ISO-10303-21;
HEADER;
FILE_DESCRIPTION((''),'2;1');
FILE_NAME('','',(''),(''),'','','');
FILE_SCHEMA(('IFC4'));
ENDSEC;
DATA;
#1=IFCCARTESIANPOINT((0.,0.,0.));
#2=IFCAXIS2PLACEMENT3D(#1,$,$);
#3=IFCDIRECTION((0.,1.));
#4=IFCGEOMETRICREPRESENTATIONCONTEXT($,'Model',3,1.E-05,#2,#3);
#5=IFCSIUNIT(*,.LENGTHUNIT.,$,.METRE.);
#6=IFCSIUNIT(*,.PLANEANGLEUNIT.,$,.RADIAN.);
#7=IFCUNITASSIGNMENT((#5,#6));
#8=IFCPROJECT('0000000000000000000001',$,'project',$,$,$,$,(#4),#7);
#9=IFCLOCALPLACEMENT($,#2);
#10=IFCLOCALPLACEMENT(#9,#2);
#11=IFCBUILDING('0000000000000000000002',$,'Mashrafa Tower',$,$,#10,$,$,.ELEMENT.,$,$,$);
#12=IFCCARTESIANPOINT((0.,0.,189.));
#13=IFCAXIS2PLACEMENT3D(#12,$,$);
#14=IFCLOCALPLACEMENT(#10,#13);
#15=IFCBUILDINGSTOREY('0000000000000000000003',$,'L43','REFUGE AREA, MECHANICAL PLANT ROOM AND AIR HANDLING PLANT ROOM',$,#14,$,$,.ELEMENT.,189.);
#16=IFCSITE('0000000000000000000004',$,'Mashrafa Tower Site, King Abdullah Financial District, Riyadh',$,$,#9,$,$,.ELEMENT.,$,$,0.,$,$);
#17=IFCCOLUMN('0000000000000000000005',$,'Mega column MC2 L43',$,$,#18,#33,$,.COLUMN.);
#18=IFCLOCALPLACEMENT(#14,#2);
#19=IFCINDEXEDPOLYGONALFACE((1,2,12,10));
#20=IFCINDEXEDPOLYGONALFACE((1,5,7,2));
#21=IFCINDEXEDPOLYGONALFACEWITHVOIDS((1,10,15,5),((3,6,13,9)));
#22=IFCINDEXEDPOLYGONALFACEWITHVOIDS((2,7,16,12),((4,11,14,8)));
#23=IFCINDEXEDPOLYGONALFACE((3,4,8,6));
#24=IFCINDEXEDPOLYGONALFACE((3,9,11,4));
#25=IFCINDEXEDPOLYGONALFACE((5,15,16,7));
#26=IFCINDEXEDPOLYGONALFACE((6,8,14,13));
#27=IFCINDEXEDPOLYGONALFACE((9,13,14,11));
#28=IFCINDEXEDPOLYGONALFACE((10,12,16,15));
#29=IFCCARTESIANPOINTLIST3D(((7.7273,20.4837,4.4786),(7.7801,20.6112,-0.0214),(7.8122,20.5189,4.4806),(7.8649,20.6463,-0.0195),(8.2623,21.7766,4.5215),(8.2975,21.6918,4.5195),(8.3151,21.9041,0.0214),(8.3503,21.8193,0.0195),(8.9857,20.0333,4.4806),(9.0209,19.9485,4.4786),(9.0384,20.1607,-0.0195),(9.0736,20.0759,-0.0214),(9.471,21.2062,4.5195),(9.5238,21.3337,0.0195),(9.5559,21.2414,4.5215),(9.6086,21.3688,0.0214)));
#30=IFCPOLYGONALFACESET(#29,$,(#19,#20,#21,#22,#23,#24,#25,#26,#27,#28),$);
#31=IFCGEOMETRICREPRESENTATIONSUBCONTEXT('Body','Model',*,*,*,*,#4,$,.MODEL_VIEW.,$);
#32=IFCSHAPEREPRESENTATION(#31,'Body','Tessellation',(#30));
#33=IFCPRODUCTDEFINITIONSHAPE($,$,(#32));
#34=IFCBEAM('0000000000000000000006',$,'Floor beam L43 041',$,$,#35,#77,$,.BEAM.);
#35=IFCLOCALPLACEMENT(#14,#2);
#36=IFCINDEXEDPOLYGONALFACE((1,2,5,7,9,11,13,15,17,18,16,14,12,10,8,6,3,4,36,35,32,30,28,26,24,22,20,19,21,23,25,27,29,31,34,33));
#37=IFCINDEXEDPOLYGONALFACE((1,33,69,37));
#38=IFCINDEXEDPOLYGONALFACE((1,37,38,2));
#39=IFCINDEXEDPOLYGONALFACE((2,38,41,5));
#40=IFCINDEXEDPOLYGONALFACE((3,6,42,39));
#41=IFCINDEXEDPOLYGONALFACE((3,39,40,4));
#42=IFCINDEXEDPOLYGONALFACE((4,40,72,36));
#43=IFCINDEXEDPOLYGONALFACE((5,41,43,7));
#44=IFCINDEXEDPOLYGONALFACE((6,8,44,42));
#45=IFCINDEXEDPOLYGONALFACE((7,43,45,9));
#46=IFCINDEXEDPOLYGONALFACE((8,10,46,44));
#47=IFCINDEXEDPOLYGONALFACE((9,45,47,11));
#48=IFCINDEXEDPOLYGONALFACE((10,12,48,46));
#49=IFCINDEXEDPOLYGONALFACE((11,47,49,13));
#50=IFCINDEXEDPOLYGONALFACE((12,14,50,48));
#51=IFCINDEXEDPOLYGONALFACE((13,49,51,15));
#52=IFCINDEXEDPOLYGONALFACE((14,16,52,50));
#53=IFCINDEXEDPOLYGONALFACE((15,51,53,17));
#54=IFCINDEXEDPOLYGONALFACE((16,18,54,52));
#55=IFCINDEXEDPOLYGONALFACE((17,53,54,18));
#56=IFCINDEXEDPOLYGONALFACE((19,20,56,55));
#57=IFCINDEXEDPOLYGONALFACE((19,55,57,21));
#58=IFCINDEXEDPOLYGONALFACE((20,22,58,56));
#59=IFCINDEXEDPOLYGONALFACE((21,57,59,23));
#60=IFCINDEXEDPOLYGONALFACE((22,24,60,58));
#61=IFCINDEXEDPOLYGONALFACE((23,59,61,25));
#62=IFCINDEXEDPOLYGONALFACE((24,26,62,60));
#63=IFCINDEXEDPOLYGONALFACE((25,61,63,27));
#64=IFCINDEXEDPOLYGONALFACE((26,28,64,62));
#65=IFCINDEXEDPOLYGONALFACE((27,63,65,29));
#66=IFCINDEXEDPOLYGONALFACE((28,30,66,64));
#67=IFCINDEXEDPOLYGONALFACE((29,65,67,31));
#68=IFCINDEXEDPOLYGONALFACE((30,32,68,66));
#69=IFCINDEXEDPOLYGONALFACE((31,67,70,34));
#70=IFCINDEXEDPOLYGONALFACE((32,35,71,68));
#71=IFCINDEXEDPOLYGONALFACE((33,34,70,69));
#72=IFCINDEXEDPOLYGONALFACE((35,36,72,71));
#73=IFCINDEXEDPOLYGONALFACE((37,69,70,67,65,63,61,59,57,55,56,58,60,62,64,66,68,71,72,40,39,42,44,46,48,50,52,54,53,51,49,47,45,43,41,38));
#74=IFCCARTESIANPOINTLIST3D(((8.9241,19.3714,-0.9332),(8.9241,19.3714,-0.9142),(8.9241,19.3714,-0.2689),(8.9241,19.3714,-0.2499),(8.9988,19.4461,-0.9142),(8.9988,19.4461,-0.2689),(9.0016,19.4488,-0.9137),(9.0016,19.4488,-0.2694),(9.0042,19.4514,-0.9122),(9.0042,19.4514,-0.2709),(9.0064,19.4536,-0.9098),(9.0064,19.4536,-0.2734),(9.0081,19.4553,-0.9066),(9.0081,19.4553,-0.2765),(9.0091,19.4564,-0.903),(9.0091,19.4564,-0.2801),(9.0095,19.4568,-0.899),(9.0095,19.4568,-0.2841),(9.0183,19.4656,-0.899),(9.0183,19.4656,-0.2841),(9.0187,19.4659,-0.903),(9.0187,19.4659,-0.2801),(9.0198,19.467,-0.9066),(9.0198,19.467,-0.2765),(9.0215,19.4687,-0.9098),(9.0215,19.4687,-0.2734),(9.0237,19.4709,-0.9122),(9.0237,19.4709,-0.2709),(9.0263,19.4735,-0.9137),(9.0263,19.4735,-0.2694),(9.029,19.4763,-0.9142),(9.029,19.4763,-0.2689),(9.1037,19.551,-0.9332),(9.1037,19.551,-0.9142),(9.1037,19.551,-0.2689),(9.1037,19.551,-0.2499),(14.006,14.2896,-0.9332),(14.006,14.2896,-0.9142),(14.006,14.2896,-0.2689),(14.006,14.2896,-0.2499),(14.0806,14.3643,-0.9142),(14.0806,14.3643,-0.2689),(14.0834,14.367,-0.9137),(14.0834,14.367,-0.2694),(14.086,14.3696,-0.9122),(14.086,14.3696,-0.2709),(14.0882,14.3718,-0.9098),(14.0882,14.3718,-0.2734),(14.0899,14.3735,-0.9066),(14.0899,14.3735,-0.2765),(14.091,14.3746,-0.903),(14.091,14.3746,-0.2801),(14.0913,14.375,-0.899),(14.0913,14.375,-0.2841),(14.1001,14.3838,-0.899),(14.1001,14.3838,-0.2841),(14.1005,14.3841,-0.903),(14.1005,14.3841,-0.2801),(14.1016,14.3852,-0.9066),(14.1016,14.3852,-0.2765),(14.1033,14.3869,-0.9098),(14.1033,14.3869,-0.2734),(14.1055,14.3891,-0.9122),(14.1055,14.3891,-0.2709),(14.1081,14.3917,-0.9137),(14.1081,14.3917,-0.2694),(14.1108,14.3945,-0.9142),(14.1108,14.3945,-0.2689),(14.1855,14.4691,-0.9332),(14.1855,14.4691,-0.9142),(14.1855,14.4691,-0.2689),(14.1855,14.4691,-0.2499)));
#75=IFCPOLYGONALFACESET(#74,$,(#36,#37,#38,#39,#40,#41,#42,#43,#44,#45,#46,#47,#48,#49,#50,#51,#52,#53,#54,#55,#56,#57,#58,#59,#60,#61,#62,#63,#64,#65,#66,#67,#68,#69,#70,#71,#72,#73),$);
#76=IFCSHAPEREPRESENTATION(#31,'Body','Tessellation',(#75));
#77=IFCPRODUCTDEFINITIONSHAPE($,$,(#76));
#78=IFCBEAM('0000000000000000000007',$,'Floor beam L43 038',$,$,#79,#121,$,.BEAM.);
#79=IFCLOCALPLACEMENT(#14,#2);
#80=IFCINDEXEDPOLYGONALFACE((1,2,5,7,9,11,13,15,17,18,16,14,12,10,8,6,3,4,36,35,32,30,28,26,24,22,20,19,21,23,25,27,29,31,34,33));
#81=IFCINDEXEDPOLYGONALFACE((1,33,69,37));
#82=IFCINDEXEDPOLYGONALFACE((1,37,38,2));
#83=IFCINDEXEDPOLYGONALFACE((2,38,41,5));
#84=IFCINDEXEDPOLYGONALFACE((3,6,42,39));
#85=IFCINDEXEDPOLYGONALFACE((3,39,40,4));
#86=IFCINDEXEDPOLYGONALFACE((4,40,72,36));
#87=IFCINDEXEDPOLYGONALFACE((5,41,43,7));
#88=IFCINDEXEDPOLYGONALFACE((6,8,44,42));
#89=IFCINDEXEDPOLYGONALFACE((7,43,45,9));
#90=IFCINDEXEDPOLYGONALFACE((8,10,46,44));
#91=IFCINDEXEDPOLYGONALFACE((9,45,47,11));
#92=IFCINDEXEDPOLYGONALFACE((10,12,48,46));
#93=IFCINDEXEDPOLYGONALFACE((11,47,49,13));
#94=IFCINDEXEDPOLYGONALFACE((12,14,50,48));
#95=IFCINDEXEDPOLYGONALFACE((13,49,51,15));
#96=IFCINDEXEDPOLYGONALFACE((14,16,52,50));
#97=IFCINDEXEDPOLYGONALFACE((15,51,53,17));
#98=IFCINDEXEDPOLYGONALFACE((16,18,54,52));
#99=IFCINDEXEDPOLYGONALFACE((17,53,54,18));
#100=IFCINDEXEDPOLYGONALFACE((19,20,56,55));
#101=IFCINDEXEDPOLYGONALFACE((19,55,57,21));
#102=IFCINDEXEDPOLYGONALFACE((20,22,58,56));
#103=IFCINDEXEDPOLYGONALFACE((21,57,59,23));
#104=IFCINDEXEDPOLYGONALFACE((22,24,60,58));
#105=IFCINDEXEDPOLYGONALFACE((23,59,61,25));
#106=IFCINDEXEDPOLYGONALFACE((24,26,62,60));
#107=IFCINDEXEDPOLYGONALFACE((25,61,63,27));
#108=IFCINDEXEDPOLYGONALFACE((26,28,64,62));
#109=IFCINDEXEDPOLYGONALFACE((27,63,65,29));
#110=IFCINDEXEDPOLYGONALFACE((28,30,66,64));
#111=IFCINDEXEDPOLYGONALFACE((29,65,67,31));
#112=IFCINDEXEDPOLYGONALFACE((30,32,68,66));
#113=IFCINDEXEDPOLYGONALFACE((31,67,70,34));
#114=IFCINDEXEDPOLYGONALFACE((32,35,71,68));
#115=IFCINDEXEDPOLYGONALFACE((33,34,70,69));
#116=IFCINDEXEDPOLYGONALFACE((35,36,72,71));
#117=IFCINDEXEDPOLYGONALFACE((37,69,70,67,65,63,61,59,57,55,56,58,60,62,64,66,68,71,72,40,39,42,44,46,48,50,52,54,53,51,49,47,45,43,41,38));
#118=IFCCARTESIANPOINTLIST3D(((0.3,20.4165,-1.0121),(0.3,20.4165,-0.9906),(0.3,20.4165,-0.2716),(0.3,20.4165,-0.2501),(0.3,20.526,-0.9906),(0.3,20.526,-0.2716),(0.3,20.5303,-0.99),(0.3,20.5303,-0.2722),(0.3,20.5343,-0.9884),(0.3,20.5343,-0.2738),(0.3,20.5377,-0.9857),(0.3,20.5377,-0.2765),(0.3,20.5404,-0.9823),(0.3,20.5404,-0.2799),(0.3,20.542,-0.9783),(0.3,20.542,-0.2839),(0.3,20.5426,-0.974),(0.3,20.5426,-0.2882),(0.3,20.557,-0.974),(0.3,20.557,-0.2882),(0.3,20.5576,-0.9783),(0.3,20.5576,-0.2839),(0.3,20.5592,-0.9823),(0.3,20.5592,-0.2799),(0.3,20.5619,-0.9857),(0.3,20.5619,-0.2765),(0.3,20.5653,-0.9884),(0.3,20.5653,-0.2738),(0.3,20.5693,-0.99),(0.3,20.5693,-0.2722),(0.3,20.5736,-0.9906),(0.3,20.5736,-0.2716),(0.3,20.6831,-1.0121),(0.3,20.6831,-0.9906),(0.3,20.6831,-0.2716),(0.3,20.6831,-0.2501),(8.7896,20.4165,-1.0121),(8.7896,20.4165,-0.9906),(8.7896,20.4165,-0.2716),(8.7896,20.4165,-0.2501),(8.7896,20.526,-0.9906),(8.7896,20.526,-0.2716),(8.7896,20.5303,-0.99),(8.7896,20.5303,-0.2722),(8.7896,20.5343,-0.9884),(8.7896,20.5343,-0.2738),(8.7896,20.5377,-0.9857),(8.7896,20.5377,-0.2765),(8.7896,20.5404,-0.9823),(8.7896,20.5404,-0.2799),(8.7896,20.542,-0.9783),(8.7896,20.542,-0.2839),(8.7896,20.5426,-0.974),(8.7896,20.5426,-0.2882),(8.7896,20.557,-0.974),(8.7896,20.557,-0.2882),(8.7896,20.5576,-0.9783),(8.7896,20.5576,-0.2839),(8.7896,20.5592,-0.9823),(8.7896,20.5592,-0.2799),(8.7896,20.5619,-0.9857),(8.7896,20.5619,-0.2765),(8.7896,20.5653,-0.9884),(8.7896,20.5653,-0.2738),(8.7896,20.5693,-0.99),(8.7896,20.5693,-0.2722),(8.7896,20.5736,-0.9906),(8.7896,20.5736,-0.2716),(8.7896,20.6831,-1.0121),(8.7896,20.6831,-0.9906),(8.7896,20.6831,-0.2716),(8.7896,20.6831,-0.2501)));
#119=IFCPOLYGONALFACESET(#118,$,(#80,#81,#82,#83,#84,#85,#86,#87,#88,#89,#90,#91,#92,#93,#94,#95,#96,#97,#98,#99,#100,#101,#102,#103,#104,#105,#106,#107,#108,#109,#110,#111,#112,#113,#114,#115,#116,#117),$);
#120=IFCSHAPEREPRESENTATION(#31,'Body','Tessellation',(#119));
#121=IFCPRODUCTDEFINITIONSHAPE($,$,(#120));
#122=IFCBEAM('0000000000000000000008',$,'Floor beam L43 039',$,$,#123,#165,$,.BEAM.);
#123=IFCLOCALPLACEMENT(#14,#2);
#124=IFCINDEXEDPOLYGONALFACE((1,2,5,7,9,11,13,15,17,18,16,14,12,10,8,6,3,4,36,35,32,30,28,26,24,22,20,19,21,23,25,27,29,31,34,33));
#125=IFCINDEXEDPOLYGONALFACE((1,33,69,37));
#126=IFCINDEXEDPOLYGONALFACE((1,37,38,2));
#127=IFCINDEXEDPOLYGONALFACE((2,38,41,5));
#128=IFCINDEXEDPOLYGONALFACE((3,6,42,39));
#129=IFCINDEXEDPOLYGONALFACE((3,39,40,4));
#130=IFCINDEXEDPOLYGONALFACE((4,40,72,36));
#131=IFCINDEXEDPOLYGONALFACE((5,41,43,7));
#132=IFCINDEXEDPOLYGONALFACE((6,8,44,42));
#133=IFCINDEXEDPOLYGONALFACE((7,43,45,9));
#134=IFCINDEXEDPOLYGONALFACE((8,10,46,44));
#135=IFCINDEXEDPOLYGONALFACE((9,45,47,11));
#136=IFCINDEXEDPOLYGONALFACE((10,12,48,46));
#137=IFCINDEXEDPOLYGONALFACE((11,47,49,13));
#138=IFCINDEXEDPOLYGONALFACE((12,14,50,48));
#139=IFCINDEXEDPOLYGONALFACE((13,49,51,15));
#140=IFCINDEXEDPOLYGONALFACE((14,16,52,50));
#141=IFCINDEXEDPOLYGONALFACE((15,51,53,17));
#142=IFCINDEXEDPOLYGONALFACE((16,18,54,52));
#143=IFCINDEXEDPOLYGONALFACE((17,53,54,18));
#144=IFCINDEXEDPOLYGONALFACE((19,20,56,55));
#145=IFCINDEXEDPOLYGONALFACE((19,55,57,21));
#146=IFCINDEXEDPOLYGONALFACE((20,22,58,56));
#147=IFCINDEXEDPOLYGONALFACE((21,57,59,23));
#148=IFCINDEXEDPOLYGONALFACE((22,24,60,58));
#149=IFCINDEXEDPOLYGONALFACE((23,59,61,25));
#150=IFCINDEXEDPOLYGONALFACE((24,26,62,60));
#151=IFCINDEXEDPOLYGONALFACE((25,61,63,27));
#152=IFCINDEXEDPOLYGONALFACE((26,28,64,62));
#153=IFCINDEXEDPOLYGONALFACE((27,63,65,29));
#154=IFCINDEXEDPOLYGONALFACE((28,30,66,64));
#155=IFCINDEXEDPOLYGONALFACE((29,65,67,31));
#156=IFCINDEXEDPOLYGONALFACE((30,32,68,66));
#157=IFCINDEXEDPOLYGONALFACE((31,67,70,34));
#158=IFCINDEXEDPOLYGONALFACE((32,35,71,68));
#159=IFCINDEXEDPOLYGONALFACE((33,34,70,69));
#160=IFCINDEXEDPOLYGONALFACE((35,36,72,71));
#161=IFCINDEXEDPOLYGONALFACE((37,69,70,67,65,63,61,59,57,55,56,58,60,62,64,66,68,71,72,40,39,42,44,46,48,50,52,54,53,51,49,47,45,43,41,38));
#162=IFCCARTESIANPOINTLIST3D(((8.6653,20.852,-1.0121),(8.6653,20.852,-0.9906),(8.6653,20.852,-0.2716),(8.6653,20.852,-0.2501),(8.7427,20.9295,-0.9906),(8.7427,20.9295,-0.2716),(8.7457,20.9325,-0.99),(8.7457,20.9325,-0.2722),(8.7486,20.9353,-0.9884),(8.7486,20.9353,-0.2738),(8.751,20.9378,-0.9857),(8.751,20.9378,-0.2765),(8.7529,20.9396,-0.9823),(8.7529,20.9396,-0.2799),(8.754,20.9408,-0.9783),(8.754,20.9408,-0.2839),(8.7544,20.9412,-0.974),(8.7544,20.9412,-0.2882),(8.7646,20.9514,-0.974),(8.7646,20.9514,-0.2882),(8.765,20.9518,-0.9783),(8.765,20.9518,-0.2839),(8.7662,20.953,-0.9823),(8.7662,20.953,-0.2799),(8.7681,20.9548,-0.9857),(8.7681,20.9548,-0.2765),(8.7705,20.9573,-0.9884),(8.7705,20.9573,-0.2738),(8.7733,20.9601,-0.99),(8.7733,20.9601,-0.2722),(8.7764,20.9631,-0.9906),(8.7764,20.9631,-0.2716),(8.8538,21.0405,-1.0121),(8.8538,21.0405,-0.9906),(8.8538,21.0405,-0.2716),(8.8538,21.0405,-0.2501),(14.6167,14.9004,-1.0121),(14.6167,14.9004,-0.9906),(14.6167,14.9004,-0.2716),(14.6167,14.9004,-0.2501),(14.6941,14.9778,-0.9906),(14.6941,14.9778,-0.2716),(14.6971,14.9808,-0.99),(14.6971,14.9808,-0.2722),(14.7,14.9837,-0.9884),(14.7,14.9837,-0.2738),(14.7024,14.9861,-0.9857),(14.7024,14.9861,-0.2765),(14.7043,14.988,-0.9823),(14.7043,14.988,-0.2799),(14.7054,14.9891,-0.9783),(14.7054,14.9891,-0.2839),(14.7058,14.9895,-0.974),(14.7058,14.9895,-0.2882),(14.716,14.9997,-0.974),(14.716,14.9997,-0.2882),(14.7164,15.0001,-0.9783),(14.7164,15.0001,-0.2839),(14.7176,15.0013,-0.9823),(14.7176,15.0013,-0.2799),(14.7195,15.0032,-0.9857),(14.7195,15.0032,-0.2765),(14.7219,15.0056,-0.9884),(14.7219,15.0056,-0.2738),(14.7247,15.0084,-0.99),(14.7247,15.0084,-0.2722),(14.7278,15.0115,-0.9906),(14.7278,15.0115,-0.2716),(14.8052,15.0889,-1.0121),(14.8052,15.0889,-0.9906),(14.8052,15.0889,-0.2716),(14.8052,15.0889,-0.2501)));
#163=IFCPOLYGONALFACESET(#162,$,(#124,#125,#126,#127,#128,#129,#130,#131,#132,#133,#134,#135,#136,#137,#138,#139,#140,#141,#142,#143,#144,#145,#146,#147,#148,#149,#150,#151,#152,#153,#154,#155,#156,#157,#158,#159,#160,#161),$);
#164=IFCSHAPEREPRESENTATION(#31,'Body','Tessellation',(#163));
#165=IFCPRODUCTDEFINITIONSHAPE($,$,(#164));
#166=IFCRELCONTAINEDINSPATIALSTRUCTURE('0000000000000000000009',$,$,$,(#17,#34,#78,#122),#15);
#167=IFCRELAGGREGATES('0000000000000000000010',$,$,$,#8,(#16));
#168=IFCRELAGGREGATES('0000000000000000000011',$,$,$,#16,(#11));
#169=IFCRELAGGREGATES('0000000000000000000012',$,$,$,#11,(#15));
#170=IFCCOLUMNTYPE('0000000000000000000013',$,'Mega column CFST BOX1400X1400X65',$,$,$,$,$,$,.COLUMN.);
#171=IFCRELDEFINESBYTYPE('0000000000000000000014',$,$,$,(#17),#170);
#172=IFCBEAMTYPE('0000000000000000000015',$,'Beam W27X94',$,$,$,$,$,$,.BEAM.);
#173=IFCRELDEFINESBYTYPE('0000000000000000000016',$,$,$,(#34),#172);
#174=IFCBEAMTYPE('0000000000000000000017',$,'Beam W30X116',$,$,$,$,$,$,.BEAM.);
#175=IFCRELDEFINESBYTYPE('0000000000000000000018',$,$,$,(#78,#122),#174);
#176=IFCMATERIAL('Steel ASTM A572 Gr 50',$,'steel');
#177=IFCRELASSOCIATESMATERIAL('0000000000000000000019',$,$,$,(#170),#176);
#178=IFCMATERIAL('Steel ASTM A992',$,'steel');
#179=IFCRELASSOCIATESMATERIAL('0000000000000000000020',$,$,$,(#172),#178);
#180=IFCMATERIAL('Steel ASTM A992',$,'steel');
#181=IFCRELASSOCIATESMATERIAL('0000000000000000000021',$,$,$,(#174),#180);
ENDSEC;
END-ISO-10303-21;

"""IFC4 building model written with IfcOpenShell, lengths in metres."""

from ifc_helpers import new_model, si_unit, direction, frame, origin, origin_2d, place, context, subcontext, project, spatial, hollow_rectangle, i_section, extrude, material, material_profile, profile_set, type_object, element, save


model = new_model("IFC4")

# Units and contexts
model_context = context("Model", 3, precision=1e-05, world=origin(), true_north=direction((0.0, 1.0)))
body_context = subcontext(model_context, "Body", "Model", "MODEL_VIEW")
ifc_project = project(units=[si_unit("LENGTHUNIT", "METRE"), si_unit("PLANEANGLEUNIT", "RADIAN")], contexts=[model_context])

# Site, building, storey
site_placement = place(None, origin())
site = spatial("IfcSite", under=ifc_project, at=site_placement, Name="Mashrafa Tower Site, King Abdullah Financial District, Riyadh", CompositionType="ELEMENT", RefElevation=0.0)
building_placement = place(site_placement, origin())
building = spatial("IfcBuilding", under=site, at=building_placement, Name="Mashrafa Tower", CompositionType="ELEMENT")
storey_placement = place(building_placement, frame((0.0, 0.0, 189.0)))
storey = spatial("IfcBuildingStorey", under=building, at=storey_placement, Name="L43", Description="REFUGE AREA, MECHANICAL PLANT ROOM AND AIR HANDLING PLANT ROOM", CompositionType="ELEMENT", Elevation=189.0)

# Column
ifc_material_1 = material(Name="Steel ASTM A572 Gr 50", Category="steel")
ifc_material_profile_1 = material_profile(ifc_material_1, hollow_rectangle(XDim=1.3999, YDim=1.3999, WallThickness=0.0649, at=origin_2d()), Name="BOX1400X1400X65")
ifc_profile_set_1 = profile_set([ifc_material_profile_1], Name="Steel ASTM A572 Gr 50")
column_type = type_object("IfcColumnType", Name="Mega column CFST BOX1400X1400X65", PredefinedType="COLUMN", material=ifc_profile_set_1)
column_placement = place(storey_placement, frame((8.6943, 20.99, 0.0), z_axis=(-0.011713, -0.028307, 0.999531), x_axis=(0.924017, -0.382352, 0.0)))
element("IfcColumn", 1, at=column_placement, inside=storey, type_object=column_type, Name="Mega column MC2 L43", PredefinedType="COLUMN", context=body_context, shape_type="SweptSolid", body=[
    extrude(hollow_rectangle(XDim=1.3999, YDim=1.3999, WallThickness=0.0649, at=origin_2d()), origin(), (0.0, 0.0, 1.0), 4.5022),
])

# Beams
ifc_material_2 = material(Name="Steel ASTM A992", Category="steel")
ifc_material_profile_2 = material_profile(ifc_material_2, i_section(OverallWidth=0.2539, OverallDepth=0.6833, WebThickness=0.0125, FlangeThickness=0.019, FilletRadius=0.0151, at=origin_2d()), Name="W27X94")
ifc_profile_set_2 = profile_set([ifc_material_profile_2], Name="Steel ASTM A992")
beam_type_1 = type_object("IfcBeamType", Name="Beam W27X94", PredefinedType="BEAM", material=ifc_profile_set_2)
beam_1_placement = place(storey_placement, frame((9.0139, 19.4612, -0.5916), z_axis=(0.707107, -0.707107, 0.0), x_axis=(0.707107, 0.707107, 0.0)))
element("IfcBeam", 2, at=beam_1_placement, inside=storey, type_object=beam_type_1, Name="Floor beam L43 041", PredefinedType="BEAM", context=body_context, shape_type="SweptSolid", body=[
    extrude(i_section(OverallWidth=0.2539, OverallDepth=0.6833, WebThickness=0.0125, FlangeThickness=0.019, FilletRadius=0.0151, at=origin_2d()), origin(), (0.0, 0.0, 1.0), 7.1868),
])
ifc_material_3 = material(Name="Steel ASTM A992", Category="steel")
ifc_material_profile_3 = material_profile(ifc_material_3, i_section(OverallWidth=0.2666, OverallDepth=0.762, WebThickness=0.0144, FlangeThickness=0.0215, FilletRadius=0.0166, at=origin_2d()), Name="W30X116")
ifc_profile_set_3 = profile_set([ifc_material_profile_3], Name="Steel ASTM A992")
beam_type_2 = type_object("IfcBeamType", Name="Beam W30X116", PredefinedType="BEAM", material=ifc_profile_set_3)
beam_2_placement = place(storey_placement, frame((0.3, 20.5498, -0.6311), z_axis=(1.0, 0.0, 0.0), x_axis=(0.0, 1.0, 0.0)))
element("IfcBeam", 3, at=beam_2_placement, inside=storey, type_object=beam_type_2, Name="Floor beam L43 038", PredefinedType="BEAM", context=body_context, shape_type="SweptSolid", body=[
    extrude(i_section(OverallWidth=0.2666, OverallDepth=0.762, WebThickness=0.0144, FlangeThickness=0.0215, FilletRadius=0.0166, at=origin_2d()), origin(), (0.0, 0.0, 1.0), 8.4895),
])
beam_3_placement = place(storey_placement, frame((8.7595, 20.9463, -0.6311), z_axis=(0.707092, -0.707121, 0.0), x_axis=(0.707121, 0.707092, 0.0)))
element("IfcBeam", 4, at=beam_3_placement, inside=storey, type_object=beam_type_2, Name="Floor beam L43 039", PredefinedType="BEAM", context=body_context, shape_type="SweptSolid", body=[
    extrude(i_section(OverallWidth=0.2666, OverallDepth=0.762, WebThickness=0.0144, FlangeThickness=0.0215, FilletRadius=0.0166, at=origin_2d()), origin(), (0.0, 0.0, 1.0), 8.4167),
])

save(model, "model.ifc")
